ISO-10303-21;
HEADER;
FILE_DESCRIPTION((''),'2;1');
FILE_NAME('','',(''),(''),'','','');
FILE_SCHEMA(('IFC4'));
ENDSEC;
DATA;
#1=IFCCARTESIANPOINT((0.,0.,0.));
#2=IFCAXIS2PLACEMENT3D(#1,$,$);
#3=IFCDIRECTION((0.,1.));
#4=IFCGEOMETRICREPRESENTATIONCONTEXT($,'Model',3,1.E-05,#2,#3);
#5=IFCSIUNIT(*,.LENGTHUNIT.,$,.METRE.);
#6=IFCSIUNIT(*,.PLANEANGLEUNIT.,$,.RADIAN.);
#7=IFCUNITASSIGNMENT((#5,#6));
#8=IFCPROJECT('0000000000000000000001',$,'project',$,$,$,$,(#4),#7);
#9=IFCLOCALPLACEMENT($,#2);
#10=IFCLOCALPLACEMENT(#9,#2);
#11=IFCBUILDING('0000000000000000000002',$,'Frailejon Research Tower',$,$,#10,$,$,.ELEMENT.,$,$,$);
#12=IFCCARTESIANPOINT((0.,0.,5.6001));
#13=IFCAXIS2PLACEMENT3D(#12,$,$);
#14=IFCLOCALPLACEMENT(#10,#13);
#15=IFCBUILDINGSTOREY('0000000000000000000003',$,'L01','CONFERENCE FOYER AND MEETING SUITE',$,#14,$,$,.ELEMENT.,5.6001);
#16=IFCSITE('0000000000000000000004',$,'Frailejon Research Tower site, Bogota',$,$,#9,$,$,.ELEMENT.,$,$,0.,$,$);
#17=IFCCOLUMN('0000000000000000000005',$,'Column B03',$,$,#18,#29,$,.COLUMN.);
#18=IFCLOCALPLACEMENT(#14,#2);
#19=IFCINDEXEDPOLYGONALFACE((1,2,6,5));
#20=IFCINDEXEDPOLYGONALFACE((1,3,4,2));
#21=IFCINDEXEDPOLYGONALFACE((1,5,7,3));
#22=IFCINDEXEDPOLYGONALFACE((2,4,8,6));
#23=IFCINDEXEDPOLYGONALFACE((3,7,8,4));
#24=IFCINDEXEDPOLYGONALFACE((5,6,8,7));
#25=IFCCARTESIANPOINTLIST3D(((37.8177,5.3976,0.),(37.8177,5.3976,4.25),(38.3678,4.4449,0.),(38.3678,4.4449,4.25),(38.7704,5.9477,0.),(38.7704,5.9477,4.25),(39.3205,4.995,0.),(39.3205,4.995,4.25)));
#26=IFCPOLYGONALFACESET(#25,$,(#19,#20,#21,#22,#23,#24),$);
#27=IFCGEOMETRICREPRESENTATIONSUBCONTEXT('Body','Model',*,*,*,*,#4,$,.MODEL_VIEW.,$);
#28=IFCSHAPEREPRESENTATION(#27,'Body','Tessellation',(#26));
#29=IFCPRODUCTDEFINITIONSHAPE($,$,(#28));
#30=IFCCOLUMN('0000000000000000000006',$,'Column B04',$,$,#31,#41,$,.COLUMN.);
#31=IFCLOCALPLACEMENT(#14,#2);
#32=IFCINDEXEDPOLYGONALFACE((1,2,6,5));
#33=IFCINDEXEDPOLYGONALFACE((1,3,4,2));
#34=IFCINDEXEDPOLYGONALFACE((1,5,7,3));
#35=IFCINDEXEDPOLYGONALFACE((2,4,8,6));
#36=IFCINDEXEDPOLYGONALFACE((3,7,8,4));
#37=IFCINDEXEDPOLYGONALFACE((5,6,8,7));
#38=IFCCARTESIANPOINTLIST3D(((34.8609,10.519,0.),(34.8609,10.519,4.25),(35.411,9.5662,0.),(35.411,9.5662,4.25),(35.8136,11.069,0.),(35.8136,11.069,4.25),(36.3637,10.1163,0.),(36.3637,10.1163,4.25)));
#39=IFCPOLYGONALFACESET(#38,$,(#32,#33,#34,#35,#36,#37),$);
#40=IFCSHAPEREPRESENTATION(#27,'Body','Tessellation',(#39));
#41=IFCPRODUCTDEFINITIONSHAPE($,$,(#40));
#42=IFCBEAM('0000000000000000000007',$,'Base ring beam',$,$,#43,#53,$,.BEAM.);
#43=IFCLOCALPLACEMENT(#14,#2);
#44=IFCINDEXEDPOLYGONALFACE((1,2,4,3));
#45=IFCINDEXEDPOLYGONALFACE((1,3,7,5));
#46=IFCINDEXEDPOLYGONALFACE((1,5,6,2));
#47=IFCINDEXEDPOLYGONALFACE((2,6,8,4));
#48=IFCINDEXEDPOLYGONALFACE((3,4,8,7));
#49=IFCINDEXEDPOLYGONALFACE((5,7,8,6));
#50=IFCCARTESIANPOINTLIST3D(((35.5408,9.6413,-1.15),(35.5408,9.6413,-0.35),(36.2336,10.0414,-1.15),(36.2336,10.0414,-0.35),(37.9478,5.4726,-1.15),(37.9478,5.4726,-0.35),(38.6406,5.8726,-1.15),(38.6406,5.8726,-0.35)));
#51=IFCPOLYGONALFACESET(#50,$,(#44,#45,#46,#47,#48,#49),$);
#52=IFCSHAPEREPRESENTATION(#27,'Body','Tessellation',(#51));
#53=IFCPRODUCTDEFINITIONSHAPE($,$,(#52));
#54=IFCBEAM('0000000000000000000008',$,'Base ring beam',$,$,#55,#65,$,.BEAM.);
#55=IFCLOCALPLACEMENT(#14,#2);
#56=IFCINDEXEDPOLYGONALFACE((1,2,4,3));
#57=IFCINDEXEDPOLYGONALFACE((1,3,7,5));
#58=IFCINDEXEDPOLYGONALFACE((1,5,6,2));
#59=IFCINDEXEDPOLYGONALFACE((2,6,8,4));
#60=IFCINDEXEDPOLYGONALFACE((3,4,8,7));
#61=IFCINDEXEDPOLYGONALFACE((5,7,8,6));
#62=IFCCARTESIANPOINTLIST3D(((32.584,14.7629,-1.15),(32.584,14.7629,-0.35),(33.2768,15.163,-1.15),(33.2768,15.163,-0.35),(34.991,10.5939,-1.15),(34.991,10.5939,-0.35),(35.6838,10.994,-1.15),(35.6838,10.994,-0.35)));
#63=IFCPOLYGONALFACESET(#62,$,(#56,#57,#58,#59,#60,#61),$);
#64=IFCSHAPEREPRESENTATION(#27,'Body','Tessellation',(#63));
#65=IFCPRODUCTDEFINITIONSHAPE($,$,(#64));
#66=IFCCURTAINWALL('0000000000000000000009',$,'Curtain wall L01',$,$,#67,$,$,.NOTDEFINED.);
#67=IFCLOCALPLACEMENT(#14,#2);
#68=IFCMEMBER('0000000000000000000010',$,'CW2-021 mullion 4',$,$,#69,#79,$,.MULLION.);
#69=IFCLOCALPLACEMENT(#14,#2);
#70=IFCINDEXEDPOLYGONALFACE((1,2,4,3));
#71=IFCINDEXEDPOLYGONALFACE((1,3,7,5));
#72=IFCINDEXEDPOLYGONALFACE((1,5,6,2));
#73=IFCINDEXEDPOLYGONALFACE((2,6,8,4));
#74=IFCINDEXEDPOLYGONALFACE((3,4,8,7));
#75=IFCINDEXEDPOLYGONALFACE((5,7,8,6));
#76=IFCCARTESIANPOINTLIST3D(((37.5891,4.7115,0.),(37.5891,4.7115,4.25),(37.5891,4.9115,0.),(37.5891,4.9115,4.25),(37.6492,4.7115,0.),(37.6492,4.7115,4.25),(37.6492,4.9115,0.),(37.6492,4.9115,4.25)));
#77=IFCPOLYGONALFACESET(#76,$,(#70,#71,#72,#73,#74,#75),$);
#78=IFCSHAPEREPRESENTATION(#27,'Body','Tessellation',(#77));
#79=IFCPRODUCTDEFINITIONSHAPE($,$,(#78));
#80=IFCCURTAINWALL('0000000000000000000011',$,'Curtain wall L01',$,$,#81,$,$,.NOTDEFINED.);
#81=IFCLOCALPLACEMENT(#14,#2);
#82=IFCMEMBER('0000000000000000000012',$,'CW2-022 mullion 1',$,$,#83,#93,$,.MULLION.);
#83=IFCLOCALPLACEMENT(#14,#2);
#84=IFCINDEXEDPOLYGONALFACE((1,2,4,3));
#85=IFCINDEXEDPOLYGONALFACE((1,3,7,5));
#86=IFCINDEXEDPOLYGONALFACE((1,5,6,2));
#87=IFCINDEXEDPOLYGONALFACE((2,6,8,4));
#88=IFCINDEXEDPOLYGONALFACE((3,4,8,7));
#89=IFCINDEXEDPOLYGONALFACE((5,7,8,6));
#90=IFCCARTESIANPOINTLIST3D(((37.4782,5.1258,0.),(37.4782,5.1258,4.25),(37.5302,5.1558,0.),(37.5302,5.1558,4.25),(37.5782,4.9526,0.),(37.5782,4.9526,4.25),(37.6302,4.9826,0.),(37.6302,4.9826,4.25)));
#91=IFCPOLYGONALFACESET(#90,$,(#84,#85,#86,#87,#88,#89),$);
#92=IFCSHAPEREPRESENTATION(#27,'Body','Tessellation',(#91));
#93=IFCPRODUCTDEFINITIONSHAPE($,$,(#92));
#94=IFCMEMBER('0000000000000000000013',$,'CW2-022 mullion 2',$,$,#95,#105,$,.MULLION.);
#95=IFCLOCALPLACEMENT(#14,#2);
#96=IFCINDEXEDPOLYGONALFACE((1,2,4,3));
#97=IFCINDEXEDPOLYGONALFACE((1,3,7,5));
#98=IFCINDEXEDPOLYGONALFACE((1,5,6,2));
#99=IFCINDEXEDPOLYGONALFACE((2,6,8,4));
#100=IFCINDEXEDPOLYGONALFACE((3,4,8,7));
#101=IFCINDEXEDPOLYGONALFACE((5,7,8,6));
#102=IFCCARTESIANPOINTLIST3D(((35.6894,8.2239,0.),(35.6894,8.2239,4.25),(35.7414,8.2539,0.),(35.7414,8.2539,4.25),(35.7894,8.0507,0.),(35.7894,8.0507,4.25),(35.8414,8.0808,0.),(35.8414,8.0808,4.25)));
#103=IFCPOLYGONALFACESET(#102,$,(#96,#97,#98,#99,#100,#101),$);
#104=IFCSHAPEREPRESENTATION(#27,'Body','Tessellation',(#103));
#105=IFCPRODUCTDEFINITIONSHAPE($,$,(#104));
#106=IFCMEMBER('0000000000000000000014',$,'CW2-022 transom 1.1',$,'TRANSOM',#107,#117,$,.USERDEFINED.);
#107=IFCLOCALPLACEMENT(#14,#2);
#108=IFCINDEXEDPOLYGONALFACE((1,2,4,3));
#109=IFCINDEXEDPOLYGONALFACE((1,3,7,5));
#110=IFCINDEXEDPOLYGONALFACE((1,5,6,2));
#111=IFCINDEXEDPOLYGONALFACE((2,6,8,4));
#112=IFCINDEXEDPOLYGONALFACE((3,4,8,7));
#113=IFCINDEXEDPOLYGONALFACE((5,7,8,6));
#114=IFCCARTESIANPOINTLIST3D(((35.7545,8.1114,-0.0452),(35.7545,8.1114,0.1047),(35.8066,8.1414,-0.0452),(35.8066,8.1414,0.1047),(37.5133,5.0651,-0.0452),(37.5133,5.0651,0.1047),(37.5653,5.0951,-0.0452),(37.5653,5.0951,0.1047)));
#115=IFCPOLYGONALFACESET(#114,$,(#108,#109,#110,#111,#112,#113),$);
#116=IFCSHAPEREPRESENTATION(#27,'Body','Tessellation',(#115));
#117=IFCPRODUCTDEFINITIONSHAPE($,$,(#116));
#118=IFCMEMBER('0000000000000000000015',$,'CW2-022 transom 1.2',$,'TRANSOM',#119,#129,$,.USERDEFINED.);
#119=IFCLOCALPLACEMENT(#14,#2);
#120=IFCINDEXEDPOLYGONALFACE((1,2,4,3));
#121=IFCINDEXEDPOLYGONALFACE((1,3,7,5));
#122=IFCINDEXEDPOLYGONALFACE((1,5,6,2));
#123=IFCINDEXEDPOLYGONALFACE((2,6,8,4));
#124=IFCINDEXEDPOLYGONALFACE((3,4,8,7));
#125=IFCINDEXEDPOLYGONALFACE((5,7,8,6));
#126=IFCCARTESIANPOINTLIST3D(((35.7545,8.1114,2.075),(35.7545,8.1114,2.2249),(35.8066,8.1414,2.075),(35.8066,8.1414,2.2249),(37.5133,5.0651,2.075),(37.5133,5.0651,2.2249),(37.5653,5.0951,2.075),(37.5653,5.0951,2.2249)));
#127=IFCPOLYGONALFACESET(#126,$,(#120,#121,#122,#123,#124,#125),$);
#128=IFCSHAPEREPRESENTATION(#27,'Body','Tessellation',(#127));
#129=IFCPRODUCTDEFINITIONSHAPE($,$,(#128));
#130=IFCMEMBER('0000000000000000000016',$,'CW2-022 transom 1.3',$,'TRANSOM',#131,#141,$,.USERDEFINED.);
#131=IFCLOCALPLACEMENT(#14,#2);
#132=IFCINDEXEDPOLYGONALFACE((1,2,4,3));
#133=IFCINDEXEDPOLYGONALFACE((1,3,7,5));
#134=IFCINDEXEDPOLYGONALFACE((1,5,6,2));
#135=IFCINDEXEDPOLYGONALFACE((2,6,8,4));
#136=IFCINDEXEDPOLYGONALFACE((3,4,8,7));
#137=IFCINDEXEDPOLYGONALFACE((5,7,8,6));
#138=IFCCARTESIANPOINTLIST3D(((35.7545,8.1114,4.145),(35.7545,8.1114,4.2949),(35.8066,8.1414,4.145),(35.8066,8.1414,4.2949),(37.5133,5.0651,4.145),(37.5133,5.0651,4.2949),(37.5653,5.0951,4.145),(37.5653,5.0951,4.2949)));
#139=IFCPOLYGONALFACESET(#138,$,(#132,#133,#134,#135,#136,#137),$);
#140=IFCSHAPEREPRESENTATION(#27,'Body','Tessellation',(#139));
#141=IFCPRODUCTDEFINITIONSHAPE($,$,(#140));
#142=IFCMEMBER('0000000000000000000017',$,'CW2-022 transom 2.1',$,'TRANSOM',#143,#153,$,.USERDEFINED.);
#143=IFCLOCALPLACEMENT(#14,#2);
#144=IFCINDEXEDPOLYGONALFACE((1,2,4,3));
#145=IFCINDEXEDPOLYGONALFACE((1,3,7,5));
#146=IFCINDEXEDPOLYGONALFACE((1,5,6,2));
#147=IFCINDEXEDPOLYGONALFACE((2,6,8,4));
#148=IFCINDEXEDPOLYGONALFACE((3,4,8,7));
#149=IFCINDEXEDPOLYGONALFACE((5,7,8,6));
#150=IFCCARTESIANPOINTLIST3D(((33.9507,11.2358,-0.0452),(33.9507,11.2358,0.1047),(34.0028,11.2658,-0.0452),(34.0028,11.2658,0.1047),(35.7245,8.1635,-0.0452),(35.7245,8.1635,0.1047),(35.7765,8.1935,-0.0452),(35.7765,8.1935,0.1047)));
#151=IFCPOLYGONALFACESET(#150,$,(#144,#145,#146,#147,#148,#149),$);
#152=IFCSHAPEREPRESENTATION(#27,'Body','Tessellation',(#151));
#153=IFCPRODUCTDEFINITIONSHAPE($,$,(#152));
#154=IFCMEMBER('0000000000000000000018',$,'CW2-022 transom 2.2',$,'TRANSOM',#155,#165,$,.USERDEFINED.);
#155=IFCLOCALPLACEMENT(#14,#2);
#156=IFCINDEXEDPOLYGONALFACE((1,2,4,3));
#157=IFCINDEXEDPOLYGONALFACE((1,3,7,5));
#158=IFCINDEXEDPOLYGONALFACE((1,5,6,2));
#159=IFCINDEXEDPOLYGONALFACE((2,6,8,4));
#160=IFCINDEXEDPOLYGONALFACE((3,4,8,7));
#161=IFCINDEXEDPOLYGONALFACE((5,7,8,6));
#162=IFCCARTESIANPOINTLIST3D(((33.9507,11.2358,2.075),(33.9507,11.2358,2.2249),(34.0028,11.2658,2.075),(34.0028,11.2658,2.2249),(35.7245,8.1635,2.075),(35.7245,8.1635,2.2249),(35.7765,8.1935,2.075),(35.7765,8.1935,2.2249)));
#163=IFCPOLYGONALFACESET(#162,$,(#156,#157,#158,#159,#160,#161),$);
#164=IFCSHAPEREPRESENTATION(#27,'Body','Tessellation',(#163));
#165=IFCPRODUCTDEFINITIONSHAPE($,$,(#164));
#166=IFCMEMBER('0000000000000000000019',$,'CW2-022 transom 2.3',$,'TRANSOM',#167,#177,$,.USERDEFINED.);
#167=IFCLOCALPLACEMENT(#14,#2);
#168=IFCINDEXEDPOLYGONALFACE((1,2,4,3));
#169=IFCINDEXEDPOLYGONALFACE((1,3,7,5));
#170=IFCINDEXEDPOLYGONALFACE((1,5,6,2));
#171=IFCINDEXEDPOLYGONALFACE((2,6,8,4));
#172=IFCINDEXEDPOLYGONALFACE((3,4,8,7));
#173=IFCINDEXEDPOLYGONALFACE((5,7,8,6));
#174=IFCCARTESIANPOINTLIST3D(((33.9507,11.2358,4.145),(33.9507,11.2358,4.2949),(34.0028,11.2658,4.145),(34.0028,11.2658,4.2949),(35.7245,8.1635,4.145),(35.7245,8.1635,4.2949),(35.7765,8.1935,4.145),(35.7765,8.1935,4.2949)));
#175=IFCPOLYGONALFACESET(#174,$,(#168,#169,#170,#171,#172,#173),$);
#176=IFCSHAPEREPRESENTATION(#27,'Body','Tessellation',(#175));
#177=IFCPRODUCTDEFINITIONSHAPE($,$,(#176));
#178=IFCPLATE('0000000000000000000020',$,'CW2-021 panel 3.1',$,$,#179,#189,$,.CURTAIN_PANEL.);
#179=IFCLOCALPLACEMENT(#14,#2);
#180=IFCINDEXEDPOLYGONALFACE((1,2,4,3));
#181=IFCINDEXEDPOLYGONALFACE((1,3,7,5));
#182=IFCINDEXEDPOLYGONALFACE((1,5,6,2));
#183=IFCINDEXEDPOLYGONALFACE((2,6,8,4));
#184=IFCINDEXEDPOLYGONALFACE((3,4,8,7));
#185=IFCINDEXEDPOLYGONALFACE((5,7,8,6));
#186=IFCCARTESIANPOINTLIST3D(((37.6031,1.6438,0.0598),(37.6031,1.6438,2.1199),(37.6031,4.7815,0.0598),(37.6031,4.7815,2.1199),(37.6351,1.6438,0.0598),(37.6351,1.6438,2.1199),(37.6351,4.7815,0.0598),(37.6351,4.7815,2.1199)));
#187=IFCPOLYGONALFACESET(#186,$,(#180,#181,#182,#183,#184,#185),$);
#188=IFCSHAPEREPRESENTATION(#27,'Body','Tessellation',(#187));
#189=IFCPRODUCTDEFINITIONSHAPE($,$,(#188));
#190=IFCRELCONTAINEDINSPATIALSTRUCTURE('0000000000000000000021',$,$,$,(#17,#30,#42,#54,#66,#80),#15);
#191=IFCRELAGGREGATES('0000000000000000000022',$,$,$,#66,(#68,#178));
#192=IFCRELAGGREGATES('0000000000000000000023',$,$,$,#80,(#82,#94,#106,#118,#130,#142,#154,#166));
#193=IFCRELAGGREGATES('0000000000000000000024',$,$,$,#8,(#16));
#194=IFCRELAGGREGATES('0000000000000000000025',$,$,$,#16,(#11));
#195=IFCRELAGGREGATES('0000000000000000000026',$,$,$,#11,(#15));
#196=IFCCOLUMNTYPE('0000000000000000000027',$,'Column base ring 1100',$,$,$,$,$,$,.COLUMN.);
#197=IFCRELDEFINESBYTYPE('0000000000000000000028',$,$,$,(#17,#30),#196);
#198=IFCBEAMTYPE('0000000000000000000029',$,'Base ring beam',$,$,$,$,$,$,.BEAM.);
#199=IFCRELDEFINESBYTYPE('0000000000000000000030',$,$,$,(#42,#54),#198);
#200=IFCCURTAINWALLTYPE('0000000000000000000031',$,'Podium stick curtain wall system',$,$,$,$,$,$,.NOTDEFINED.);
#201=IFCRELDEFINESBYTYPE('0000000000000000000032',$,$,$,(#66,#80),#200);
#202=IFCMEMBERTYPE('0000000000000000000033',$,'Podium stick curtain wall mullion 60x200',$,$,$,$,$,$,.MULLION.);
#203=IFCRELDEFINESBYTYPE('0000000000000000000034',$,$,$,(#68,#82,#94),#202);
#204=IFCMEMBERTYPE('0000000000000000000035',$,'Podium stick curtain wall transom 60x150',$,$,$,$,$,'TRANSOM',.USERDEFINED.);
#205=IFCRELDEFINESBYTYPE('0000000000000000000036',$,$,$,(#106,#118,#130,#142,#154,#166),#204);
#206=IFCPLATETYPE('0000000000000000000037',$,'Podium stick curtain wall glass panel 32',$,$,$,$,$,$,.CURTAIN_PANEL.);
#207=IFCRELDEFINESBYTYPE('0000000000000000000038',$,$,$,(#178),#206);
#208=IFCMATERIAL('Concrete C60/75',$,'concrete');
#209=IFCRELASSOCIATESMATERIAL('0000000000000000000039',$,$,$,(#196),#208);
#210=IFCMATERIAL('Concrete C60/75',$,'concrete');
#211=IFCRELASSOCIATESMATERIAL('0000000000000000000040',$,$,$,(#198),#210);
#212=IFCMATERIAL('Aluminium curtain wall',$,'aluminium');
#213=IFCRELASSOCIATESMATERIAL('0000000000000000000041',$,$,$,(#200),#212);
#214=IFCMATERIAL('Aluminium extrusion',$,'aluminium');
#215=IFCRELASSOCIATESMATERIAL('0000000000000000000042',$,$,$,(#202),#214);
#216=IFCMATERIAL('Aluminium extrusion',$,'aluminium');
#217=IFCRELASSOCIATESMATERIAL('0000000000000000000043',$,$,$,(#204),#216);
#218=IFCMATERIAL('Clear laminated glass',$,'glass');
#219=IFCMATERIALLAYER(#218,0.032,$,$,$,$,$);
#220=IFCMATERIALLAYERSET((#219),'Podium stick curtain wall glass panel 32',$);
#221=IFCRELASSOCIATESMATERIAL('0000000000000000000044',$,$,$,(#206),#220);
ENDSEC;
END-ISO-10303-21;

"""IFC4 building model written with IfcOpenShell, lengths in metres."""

from ifc_helpers import new_model, si_unit, direction, frame, origin, origin_2d, place, context, subcontext, project, spatial, rectangle, extrude, material, layer, layer_set, material_profile, profile_set, type_object, element, aggregate, save


model = new_model("IFC4")

# Units and contexts
model_context = context("Model", 3, precision=1e-05, world=origin(), true_north=direction((0.0, 1.0)))
body_context = subcontext(model_context, "Body", "Model", "MODEL_VIEW")
ifc_project = project(units=[si_unit("LENGTHUNIT", "METRE"), si_unit("PLANEANGLEUNIT", "RADIAN")], contexts=[model_context])

# Site, building, storey
site_placement = place(None, origin())
site = spatial("IfcSite", under=ifc_project, at=site_placement, Name="Frailejon Research Tower site, Bogota", CompositionType="ELEMENT", RefElevation=0.0)
building_placement = place(site_placement, origin())
building = spatial("IfcBuilding", under=site, at=building_placement, Name="Frailejon Research Tower", CompositionType="ELEMENT")
storey_placement = place(building_placement, frame((0.0, 0.0, 5.6001)))
storey = spatial("IfcBuildingStorey", under=building, at=storey_placement, Name="L01", Description="CONFERENCE FOYER AND MEETING SUITE", CompositionType="ELEMENT", Elevation=5.6001)

# Columns
ifc_material_1 = material(Name="Concrete C60/75", Category="concrete")
ifc_material_profile_1 = material_profile(ifc_material_1, rectangle(XDim=1.1001, YDim=1.1001, at=origin_2d()), Name="Column base ring 1100")
ifc_profile_set_1 = profile_set([ifc_material_profile_1], Name="Concrete C60/75")
column_type = type_object("IfcColumnType", Name="Column base ring 1100", PredefinedType="COLUMN", material=ifc_profile_set_1)
for number, where, z_axis, x_axis, name in (
    (1, (38.5691, 5.1963, 0.0), (0.0, 0.0, 1.0), (-0.5, 0.866025, 0.0), "Column B03"),
    (2, (35.6123, 10.3176, 0.0), (0.0, 0.0, 1.0), (-0.5, 0.866025, 0.0), "Column B04"),
):
    element("IfcColumn", number, at=place(storey_placement, frame(where, z_axis=z_axis, x_axis=x_axis)), inside=storey, type_object=column_type, Name=name, PredefinedType="COLUMN", context=body_context, shape_type="SweptSolid", body=[
        extrude(rectangle(XDim=1.1001, YDim=1.1001, at=origin_2d()), origin(), (0.0, 0.0, 1.0), 4.25),
    ])

# Beams
ifc_material_2 = material(Name="Concrete C60/75", Category="concrete")
ifc_material_profile_2 = material_profile(ifc_material_2, rectangle(XDim=0.8, YDim=0.8, at=origin_2d()), Name="Base ring beam")
ifc_profile_set_2 = profile_set([ifc_material_profile_2], Name="Concrete C60/75")
beam_type = type_object("IfcBeamType", Name="Base ring beam", PredefinedType="BEAM", material=ifc_profile_set_2)
beam_1_placement = place(storey_placement, frame((38.2942, 5.6726, -0.75), z_axis=(-0.500028, 0.866009, 0.0), x_axis=(-0.866009, -0.500028, 0.0)))
element("IfcBeam", 3, at=beam_1_placement, inside=storey, type_object=beam_type, Name="Base ring beam", PredefinedType="BEAM", context=body_context, shape_type="SweptSolid", body=[
    extrude(rectangle(XDim=0.8, YDim=0.8, at=origin_2d()), origin(), (0.0, 0.0, 1.0), 4.8137),
])
beam_2_placement = place(storey_placement, frame((35.3374, 10.7939, -0.75), z_axis=(-0.500006, 0.866022, 0.0), x_axis=(-0.866022, -0.500006, 0.0)))
element("IfcBeam", 4, at=beam_2_placement, inside=storey, type_object=beam_type, Name="Base ring beam", PredefinedType="BEAM", context=body_context, shape_type="SweptSolid", body=[
    extrude(rectangle(XDim=0.8, YDim=0.8, at=origin_2d()), origin(), (0.0, 0.0, 1.0), 4.814),
])

# Curtain wall, member
ifc_material_3 = material(Name="Aluminium curtain wall", Category="aluminium")
curtain_wall_type = type_object("IfcCurtainWallType", Name="Podium stick curtain wall system", PredefinedType="NOTDEFINED", material=ifc_material_3)
curtain_wall_1_placement = place(storey_placement, origin())
curtain_wall_1 = element("IfcCurtainWall", 5, at=curtain_wall_1_placement, inside=storey, type_object=curtain_wall_type, Name="Curtain wall L01", PredefinedType="NOTDEFINED")
ifc_material_4 = material(Name="Aluminium extrusion", Category="aluminium")
ifc_material_profile_3 = material_profile(ifc_material_4, rectangle(XDim=0.0601, YDim=0.2, at=origin_2d()), Name="Podium stick curtain wall mullion 60x200")
ifc_profile_set_3 = profile_set([ifc_material_profile_3], Name="Aluminium extrusion")
member_type_1 = type_object("IfcMemberType", Name="Podium stick curtain wall mullion 60x200", PredefinedType="MULLION", material=ifc_profile_set_3)
member_1_placement = place(storey_placement, frame((37.6191, 4.8115, 0.0), z_axis=(0.0, 0.0, 1.0), x_axis=(-1.0, 0.0, 0.0)))
member_1 = element("IfcMember", 6, at=member_1_placement, type_object=member_type_1, Name="CW2-021 mullion 4", PredefinedType="MULLION", context=body_context, shape_type="SweptSolid", body=[
    extrude(rectangle(XDim=0.0601, YDim=0.2, at=origin_2d()), origin(), (0.0, 0.0, 1.0), 4.25),
])

# Curtain wall, members
curtain_wall_2_placement = place(storey_placement, origin())
curtain_wall_2 = element("IfcCurtainWall", 7, at=curtain_wall_2_placement, inside=storey, type_object=curtain_wall_type, Name="Curtain wall L01", PredefinedType="NOTDEFINED")
member_2_placement = place(storey_placement, frame((37.5542, 5.0542, 0.0), z_axis=(0.0, 0.0, 1.0), x_axis=(-0.866026, -0.499998, 0.0)))
member_2 = element("IfcMember", 8, at=member_2_placement, type_object=member_type_1, Name="CW2-022 mullion 1", PredefinedType="MULLION", context=body_context, shape_type="SweptSolid", body=[
    extrude(rectangle(XDim=0.0601, YDim=0.2, at=origin_2d()), origin(), (0.0, 0.0, 1.0), 4.25),
])
member_3_placement = place(storey_placement, frame((35.7654, 8.1523, 0.0), z_axis=(0.0, 0.0, 1.0), x_axis=(-0.866026, -0.499998, 0.0)))
member_3 = element("IfcMember", 9, at=member_3_placement, type_object=member_type_1, Name="CW2-022 mullion 2", PredefinedType="MULLION", context=body_context, shape_type="SweptSolid", body=[
    extrude(rectangle(XDim=0.0601, YDim=0.2, at=origin_2d()), origin(), (0.0, 0.0, 1.0), 4.25),
])
ifc_material_5 = material(Name="Aluminium extrusion", Category="aluminium")
ifc_material_profile_4 = material_profile(ifc_material_5, rectangle(XDim=0.0601, YDim=0.1499, at=origin_2d()), Name="Podium stick curtain wall transom 60x150")
ifc_profile_set_4 = profile_set([ifc_material_profile_4], Name="Aluminium extrusion")
member_type_2 = type_object("IfcMemberType", Name="Podium stick curtain wall transom 60x150", ElementType="TRANSOM", PredefinedType="USERDEFINED", material=ifc_profile_set_4)
member_4_placement = place(storey_placement, frame((37.5393, 5.0801, 0.0298), z_axis=(-0.499991, 0.866031, 0.0), x_axis=(-0.866031, -0.499991, 0.0)))
member_4 = element("IfcMember", 10, at=member_4_placement, type_object=member_type_2, Name="CW2-022 transom 1.1", ObjectType="TRANSOM", PredefinedType="USERDEFINED", context=body_context, shape_type="SweptSolid", body=[
    extrude(rectangle(XDim=0.0601, YDim=0.1499, at=origin_2d()), origin(), (0.0, 0.0, 1.0), 3.5176),
])
member_5_placement = place(storey_placement, frame((37.5393, 5.0801, 2.1499), z_axis=(-0.499991, 0.866031, 0.0), x_axis=(-0.866031, -0.499991, 0.0)))
member_5 = element("IfcMember", 11, at=member_5_placement, type_object=member_type_2, Name="CW2-022 transom 1.2", ObjectType="TRANSOM", PredefinedType="USERDEFINED", context=body_context, shape_type="SweptSolid", body=[
    extrude(rectangle(XDim=0.0601, YDim=0.1499, at=origin_2d()), origin(), (0.0, 0.0, 1.0), 3.5176),
])
member_6_placement = place(storey_placement, frame((37.5393, 5.0801, 4.22), z_axis=(-0.499991, 0.866031, 0.0), x_axis=(-0.866031, -0.499991, 0.0)))
member_6 = element("IfcMember", 12, at=member_6_placement, type_object=member_type_2, Name="CW2-022 transom 1.3", ObjectType="TRANSOM", PredefinedType="USERDEFINED", context=body_context, shape_type="SweptSolid", body=[
    extrude(rectangle(XDim=0.0601, YDim=0.1499, at=origin_2d()), origin(), (0.0, 0.0, 1.0), 3.5176),
])
member_7_placement = place(storey_placement, frame((35.7505, 8.1785, 0.0298), z_axis=(-0.499981, 0.866037, 0.0), x_axis=(-0.866037, -0.499981, 0.0)))
member_7 = element("IfcMember", 13, at=member_7_placement, type_object=member_type_2, Name="CW2-022 transom 2.1", ObjectType="TRANSOM", PredefinedType="USERDEFINED", context=body_context, shape_type="SweptSolid", body=[
    extrude(rectangle(XDim=0.0601, YDim=0.1499, at=origin_2d()), origin(), (0.0, 0.0, 1.0), 3.5476),
])
member_8_placement = place(storey_placement, frame((35.7505, 8.1785, 2.1499), z_axis=(-0.499981, 0.866037, 0.0), x_axis=(-0.866037, -0.499981, 0.0)))
member_8 = element("IfcMember", 14, at=member_8_placement, type_object=member_type_2, Name="CW2-022 transom 2.2", ObjectType="TRANSOM", PredefinedType="USERDEFINED", context=body_context, shape_type="SweptSolid", body=[
    extrude(rectangle(XDim=0.0601, YDim=0.1499, at=origin_2d()), origin(), (0.0, 0.0, 1.0), 3.5476),
])
member_9_placement = place(storey_placement, frame((35.7505, 8.1785, 4.22), z_axis=(-0.499981, 0.866037, 0.0), x_axis=(-0.866037, -0.499981, 0.0)))
member_9 = element("IfcMember", 15, at=member_9_placement, type_object=member_type_2, Name="CW2-022 transom 2.3", ObjectType="TRANSOM", PredefinedType="USERDEFINED", context=body_context, shape_type="SweptSolid", body=[
    extrude(rectangle(XDim=0.0601, YDim=0.1499, at=origin_2d()), origin(), (0.0, 0.0, 1.0), 3.5476),
])

# Plate
ifc_material_6 = material(Name="Clear laminated glass", Category="glass")
ifc_layer_1 = layer(ifc_material_6, 0.032)
ifc_layer_set_1 = layer_set([ifc_layer_1], Name="Podium stick curtain wall glass panel 32")
plate_type = type_object("IfcPlateType", Name="Podium stick curtain wall glass panel 32", PredefinedType="CURTAIN_PANEL", material=ifc_layer_set_1)
plate_1_placement = place(storey_placement, frame((37.6191, 3.2126, 0.0598), z_axis=(0.0, 0.0, 1.0), x_axis=(0.0, 1.0, 0.0)))
plate_1 = element("IfcPlate", 16, at=plate_1_placement, type_object=plate_type, Name="CW2-021 panel 3.1", PredefinedType="CURTAIN_PANEL", context=body_context, shape_type="SweptSolid", body=[
    extrude(rectangle(XDim=3.1377, YDim=0.032, at=origin_2d()), origin(), (0.0, 0.0, 1.0), 2.0601),
])
aggregate(curtain_wall_1, [member_1, plate_1])
aggregate(curtain_wall_2, [member_2, member_3, member_4, member_5, member_6, member_7, member_8, member_9])

save(model, "model.ifc")
